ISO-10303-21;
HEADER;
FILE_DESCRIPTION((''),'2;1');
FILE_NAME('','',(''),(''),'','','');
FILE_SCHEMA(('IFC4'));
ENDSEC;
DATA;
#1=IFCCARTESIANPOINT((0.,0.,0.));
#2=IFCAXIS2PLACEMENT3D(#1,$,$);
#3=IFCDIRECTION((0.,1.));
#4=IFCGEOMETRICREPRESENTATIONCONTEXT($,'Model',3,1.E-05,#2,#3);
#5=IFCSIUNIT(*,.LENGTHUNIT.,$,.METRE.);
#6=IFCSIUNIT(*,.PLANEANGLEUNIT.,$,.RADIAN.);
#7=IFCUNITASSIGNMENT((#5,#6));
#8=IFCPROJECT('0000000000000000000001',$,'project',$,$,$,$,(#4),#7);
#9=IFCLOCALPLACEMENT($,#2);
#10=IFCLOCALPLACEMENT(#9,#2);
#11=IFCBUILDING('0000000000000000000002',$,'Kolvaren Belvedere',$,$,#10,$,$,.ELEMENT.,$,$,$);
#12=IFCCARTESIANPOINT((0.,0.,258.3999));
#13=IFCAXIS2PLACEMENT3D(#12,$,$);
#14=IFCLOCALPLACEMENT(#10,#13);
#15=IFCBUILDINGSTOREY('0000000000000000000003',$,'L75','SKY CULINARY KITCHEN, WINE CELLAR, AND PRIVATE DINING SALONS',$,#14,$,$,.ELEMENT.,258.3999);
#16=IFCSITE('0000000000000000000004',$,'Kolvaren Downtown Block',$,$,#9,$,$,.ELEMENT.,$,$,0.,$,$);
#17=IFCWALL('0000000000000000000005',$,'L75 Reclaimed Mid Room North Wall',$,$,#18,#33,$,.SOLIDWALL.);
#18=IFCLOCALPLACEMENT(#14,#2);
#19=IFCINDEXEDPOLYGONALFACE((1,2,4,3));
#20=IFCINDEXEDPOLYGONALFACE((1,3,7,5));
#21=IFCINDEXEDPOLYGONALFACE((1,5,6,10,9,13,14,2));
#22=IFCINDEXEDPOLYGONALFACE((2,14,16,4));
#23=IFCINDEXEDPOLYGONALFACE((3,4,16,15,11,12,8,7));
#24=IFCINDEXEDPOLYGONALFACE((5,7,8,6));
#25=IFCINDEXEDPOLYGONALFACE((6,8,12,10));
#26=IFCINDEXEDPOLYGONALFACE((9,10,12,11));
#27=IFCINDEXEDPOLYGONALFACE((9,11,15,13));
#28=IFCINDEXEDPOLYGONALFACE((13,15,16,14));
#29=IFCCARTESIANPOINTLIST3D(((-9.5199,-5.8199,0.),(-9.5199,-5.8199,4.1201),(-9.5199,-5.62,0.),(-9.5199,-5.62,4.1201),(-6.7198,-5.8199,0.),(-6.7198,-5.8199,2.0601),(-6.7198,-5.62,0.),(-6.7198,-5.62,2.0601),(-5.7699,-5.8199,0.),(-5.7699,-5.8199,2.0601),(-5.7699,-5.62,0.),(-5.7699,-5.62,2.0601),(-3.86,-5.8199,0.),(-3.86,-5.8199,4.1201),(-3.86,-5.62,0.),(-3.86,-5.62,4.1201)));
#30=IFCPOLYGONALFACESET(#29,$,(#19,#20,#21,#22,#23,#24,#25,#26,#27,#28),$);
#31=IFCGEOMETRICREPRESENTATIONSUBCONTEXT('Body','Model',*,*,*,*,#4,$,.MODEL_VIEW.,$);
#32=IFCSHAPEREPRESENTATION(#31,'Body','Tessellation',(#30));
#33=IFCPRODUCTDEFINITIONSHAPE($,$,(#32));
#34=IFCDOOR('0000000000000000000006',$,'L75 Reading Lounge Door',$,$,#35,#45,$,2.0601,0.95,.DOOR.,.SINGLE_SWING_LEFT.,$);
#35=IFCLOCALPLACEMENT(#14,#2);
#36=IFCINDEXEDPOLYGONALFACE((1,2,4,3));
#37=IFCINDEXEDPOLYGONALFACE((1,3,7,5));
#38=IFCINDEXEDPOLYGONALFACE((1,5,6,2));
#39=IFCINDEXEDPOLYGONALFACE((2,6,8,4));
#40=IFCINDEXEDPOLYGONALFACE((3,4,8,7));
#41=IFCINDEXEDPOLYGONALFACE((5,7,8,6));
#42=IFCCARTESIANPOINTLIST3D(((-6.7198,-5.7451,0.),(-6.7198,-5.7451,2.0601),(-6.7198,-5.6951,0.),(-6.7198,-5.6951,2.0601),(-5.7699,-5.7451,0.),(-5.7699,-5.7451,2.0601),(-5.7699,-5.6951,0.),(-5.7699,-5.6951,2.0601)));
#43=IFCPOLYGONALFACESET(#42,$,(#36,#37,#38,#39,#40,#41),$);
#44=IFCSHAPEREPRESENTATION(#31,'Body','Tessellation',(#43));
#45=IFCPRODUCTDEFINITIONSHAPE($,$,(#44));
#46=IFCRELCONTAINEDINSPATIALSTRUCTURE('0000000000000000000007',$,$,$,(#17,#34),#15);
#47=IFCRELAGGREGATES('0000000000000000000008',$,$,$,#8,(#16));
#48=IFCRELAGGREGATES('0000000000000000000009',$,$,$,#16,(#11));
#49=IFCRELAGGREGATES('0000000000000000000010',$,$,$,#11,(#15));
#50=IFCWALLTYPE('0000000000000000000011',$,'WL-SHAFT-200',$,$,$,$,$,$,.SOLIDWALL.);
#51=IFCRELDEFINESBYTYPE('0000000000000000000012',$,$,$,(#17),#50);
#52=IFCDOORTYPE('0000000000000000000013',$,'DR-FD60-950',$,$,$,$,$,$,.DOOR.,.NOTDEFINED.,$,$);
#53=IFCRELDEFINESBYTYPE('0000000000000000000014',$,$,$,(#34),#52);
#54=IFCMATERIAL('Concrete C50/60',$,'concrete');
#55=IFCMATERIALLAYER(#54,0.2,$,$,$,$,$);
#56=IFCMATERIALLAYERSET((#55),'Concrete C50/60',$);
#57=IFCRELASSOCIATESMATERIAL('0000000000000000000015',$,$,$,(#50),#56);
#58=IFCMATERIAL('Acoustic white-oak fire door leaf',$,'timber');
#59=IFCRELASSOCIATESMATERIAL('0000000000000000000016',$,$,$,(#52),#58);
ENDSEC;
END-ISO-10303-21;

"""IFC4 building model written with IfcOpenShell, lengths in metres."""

from ifc_helpers import new_model, si_unit, direction, frame, frame_2d, origin, place, context, subcontext, project, spatial, rectangle, extrude, material, layer, layer_set, type_object, element, fill, save


model = new_model("IFC4")

# Units and contexts
model_context = context("Model", 3, precision=1e-05, world=origin(), true_north=direction((0.0, 1.0)))
body_context = subcontext(model_context, "Body", "Model", "MODEL_VIEW")
ifc_project = project(units=[si_unit("LENGTHUNIT", "METRE"), si_unit("PLANEANGLEUNIT", "RADIAN")], contexts=[model_context])

# Site, building, storey
site_placement = place(None, origin())
site = spatial("IfcSite", under=ifc_project, at=site_placement, Name="Kolvaren Downtown Block", CompositionType="ELEMENT", RefElevation=0.0)
building_placement = place(site_placement, origin())
building = spatial("IfcBuilding", under=site, at=building_placement, Name="Kolvaren Belvedere", CompositionType="ELEMENT")
storey_placement = place(building_placement, frame((0.0, 0.0, 258.3999)))
storey = spatial("IfcBuildingStorey", under=building, at=storey_placement, Name="L75", Description="SKY CULINARY KITCHEN, WINE CELLAR, AND PRIVATE DINING SALONS", CompositionType="ELEMENT", Elevation=258.3999)

# Wall, opening, door
ifc_material_1 = material(Name="Concrete C50/60", Category="concrete")
ifc_layer_1 = layer(ifc_material_1, 0.2)
ifc_layer_set_1 = layer_set([ifc_layer_1], Name="Concrete C50/60")
wall_type_1 = type_object("IfcWallType", Name="WL-SHAFT-200", PredefinedType="SOLIDWALL", material=ifc_layer_set_1)
wall_1_placement = place(storey_placement, frame((-9.52, -5.72, 0.0), z_axis=(0.0, 0.0, 1.0), x_axis=(1.0, 0.0, 0.0)))
wall_1 = element("IfcWall", 1, at=wall_1_placement, inside=storey, type_object=wall_type_1, Name="L75 Reclaimed Mid Room North Wall", PredefinedType="SOLIDWALL", context=body_context, shape_type="SweptSolid", body=[
    extrude(rectangle(XDim=5.6599, YDim=0.2, at=frame_2d((2.8301, 0.0))), origin(), (0.0, 0.0, 1.0), 4.1201),
])
opening_1_placement = place(wall_1_placement, frame((2.8, 0.0, 0.0)))
opening_1 = element("IfcOpeningElement", 2, at=opening_1_placement, cuts=wall_1, PredefinedType="OPENING", context=body_context, shape_type="SweptSolid", body=[
    extrude(rectangle(XDim=0.95, YDim=2.0601, at=frame_2d((0.4751, 1.03))), frame((0.0, 0.1099, 0.0), z_axis=(0.0, -1.0, 0.0), x_axis=(1.0, 0.0, 0.0)), (0.0, 0.0, 1.0), 0.22),
])
ifc_material_2 = material(Name="Acoustic white-oak fire door leaf", Category="timber")
door_type_1 = type_object("IfcDoorType", Name="DR-FD60-950", OperationType="NOTDEFINED", PredefinedType="DOOR", material=ifc_material_2)
door_1_placement = place(opening_1_placement, origin())
door_1 = element("IfcDoor", 3, at=door_1_placement, inside=storey, type_object=door_type_1, Name="L75 Reading Lounge Door", OperationType="SINGLE_SWING_LEFT", OverallHeight=2.0601, OverallWidth=0.95, PredefinedType="DOOR", context=body_context, shape_type="SweptSolid", body=[
    extrude(rectangle(XDim=0.95, YDim=2.0601, at=frame_2d((0.4751, 1.03))), frame((0.0, 0.0249, 0.0), z_axis=(0.0, -1.0, 0.0), x_axis=(1.0, 0.0, 0.0)), (0.0, 0.0, 1.0), 0.05),
])
fill(opening_1, door_1)

save(model, "model.ifc")
